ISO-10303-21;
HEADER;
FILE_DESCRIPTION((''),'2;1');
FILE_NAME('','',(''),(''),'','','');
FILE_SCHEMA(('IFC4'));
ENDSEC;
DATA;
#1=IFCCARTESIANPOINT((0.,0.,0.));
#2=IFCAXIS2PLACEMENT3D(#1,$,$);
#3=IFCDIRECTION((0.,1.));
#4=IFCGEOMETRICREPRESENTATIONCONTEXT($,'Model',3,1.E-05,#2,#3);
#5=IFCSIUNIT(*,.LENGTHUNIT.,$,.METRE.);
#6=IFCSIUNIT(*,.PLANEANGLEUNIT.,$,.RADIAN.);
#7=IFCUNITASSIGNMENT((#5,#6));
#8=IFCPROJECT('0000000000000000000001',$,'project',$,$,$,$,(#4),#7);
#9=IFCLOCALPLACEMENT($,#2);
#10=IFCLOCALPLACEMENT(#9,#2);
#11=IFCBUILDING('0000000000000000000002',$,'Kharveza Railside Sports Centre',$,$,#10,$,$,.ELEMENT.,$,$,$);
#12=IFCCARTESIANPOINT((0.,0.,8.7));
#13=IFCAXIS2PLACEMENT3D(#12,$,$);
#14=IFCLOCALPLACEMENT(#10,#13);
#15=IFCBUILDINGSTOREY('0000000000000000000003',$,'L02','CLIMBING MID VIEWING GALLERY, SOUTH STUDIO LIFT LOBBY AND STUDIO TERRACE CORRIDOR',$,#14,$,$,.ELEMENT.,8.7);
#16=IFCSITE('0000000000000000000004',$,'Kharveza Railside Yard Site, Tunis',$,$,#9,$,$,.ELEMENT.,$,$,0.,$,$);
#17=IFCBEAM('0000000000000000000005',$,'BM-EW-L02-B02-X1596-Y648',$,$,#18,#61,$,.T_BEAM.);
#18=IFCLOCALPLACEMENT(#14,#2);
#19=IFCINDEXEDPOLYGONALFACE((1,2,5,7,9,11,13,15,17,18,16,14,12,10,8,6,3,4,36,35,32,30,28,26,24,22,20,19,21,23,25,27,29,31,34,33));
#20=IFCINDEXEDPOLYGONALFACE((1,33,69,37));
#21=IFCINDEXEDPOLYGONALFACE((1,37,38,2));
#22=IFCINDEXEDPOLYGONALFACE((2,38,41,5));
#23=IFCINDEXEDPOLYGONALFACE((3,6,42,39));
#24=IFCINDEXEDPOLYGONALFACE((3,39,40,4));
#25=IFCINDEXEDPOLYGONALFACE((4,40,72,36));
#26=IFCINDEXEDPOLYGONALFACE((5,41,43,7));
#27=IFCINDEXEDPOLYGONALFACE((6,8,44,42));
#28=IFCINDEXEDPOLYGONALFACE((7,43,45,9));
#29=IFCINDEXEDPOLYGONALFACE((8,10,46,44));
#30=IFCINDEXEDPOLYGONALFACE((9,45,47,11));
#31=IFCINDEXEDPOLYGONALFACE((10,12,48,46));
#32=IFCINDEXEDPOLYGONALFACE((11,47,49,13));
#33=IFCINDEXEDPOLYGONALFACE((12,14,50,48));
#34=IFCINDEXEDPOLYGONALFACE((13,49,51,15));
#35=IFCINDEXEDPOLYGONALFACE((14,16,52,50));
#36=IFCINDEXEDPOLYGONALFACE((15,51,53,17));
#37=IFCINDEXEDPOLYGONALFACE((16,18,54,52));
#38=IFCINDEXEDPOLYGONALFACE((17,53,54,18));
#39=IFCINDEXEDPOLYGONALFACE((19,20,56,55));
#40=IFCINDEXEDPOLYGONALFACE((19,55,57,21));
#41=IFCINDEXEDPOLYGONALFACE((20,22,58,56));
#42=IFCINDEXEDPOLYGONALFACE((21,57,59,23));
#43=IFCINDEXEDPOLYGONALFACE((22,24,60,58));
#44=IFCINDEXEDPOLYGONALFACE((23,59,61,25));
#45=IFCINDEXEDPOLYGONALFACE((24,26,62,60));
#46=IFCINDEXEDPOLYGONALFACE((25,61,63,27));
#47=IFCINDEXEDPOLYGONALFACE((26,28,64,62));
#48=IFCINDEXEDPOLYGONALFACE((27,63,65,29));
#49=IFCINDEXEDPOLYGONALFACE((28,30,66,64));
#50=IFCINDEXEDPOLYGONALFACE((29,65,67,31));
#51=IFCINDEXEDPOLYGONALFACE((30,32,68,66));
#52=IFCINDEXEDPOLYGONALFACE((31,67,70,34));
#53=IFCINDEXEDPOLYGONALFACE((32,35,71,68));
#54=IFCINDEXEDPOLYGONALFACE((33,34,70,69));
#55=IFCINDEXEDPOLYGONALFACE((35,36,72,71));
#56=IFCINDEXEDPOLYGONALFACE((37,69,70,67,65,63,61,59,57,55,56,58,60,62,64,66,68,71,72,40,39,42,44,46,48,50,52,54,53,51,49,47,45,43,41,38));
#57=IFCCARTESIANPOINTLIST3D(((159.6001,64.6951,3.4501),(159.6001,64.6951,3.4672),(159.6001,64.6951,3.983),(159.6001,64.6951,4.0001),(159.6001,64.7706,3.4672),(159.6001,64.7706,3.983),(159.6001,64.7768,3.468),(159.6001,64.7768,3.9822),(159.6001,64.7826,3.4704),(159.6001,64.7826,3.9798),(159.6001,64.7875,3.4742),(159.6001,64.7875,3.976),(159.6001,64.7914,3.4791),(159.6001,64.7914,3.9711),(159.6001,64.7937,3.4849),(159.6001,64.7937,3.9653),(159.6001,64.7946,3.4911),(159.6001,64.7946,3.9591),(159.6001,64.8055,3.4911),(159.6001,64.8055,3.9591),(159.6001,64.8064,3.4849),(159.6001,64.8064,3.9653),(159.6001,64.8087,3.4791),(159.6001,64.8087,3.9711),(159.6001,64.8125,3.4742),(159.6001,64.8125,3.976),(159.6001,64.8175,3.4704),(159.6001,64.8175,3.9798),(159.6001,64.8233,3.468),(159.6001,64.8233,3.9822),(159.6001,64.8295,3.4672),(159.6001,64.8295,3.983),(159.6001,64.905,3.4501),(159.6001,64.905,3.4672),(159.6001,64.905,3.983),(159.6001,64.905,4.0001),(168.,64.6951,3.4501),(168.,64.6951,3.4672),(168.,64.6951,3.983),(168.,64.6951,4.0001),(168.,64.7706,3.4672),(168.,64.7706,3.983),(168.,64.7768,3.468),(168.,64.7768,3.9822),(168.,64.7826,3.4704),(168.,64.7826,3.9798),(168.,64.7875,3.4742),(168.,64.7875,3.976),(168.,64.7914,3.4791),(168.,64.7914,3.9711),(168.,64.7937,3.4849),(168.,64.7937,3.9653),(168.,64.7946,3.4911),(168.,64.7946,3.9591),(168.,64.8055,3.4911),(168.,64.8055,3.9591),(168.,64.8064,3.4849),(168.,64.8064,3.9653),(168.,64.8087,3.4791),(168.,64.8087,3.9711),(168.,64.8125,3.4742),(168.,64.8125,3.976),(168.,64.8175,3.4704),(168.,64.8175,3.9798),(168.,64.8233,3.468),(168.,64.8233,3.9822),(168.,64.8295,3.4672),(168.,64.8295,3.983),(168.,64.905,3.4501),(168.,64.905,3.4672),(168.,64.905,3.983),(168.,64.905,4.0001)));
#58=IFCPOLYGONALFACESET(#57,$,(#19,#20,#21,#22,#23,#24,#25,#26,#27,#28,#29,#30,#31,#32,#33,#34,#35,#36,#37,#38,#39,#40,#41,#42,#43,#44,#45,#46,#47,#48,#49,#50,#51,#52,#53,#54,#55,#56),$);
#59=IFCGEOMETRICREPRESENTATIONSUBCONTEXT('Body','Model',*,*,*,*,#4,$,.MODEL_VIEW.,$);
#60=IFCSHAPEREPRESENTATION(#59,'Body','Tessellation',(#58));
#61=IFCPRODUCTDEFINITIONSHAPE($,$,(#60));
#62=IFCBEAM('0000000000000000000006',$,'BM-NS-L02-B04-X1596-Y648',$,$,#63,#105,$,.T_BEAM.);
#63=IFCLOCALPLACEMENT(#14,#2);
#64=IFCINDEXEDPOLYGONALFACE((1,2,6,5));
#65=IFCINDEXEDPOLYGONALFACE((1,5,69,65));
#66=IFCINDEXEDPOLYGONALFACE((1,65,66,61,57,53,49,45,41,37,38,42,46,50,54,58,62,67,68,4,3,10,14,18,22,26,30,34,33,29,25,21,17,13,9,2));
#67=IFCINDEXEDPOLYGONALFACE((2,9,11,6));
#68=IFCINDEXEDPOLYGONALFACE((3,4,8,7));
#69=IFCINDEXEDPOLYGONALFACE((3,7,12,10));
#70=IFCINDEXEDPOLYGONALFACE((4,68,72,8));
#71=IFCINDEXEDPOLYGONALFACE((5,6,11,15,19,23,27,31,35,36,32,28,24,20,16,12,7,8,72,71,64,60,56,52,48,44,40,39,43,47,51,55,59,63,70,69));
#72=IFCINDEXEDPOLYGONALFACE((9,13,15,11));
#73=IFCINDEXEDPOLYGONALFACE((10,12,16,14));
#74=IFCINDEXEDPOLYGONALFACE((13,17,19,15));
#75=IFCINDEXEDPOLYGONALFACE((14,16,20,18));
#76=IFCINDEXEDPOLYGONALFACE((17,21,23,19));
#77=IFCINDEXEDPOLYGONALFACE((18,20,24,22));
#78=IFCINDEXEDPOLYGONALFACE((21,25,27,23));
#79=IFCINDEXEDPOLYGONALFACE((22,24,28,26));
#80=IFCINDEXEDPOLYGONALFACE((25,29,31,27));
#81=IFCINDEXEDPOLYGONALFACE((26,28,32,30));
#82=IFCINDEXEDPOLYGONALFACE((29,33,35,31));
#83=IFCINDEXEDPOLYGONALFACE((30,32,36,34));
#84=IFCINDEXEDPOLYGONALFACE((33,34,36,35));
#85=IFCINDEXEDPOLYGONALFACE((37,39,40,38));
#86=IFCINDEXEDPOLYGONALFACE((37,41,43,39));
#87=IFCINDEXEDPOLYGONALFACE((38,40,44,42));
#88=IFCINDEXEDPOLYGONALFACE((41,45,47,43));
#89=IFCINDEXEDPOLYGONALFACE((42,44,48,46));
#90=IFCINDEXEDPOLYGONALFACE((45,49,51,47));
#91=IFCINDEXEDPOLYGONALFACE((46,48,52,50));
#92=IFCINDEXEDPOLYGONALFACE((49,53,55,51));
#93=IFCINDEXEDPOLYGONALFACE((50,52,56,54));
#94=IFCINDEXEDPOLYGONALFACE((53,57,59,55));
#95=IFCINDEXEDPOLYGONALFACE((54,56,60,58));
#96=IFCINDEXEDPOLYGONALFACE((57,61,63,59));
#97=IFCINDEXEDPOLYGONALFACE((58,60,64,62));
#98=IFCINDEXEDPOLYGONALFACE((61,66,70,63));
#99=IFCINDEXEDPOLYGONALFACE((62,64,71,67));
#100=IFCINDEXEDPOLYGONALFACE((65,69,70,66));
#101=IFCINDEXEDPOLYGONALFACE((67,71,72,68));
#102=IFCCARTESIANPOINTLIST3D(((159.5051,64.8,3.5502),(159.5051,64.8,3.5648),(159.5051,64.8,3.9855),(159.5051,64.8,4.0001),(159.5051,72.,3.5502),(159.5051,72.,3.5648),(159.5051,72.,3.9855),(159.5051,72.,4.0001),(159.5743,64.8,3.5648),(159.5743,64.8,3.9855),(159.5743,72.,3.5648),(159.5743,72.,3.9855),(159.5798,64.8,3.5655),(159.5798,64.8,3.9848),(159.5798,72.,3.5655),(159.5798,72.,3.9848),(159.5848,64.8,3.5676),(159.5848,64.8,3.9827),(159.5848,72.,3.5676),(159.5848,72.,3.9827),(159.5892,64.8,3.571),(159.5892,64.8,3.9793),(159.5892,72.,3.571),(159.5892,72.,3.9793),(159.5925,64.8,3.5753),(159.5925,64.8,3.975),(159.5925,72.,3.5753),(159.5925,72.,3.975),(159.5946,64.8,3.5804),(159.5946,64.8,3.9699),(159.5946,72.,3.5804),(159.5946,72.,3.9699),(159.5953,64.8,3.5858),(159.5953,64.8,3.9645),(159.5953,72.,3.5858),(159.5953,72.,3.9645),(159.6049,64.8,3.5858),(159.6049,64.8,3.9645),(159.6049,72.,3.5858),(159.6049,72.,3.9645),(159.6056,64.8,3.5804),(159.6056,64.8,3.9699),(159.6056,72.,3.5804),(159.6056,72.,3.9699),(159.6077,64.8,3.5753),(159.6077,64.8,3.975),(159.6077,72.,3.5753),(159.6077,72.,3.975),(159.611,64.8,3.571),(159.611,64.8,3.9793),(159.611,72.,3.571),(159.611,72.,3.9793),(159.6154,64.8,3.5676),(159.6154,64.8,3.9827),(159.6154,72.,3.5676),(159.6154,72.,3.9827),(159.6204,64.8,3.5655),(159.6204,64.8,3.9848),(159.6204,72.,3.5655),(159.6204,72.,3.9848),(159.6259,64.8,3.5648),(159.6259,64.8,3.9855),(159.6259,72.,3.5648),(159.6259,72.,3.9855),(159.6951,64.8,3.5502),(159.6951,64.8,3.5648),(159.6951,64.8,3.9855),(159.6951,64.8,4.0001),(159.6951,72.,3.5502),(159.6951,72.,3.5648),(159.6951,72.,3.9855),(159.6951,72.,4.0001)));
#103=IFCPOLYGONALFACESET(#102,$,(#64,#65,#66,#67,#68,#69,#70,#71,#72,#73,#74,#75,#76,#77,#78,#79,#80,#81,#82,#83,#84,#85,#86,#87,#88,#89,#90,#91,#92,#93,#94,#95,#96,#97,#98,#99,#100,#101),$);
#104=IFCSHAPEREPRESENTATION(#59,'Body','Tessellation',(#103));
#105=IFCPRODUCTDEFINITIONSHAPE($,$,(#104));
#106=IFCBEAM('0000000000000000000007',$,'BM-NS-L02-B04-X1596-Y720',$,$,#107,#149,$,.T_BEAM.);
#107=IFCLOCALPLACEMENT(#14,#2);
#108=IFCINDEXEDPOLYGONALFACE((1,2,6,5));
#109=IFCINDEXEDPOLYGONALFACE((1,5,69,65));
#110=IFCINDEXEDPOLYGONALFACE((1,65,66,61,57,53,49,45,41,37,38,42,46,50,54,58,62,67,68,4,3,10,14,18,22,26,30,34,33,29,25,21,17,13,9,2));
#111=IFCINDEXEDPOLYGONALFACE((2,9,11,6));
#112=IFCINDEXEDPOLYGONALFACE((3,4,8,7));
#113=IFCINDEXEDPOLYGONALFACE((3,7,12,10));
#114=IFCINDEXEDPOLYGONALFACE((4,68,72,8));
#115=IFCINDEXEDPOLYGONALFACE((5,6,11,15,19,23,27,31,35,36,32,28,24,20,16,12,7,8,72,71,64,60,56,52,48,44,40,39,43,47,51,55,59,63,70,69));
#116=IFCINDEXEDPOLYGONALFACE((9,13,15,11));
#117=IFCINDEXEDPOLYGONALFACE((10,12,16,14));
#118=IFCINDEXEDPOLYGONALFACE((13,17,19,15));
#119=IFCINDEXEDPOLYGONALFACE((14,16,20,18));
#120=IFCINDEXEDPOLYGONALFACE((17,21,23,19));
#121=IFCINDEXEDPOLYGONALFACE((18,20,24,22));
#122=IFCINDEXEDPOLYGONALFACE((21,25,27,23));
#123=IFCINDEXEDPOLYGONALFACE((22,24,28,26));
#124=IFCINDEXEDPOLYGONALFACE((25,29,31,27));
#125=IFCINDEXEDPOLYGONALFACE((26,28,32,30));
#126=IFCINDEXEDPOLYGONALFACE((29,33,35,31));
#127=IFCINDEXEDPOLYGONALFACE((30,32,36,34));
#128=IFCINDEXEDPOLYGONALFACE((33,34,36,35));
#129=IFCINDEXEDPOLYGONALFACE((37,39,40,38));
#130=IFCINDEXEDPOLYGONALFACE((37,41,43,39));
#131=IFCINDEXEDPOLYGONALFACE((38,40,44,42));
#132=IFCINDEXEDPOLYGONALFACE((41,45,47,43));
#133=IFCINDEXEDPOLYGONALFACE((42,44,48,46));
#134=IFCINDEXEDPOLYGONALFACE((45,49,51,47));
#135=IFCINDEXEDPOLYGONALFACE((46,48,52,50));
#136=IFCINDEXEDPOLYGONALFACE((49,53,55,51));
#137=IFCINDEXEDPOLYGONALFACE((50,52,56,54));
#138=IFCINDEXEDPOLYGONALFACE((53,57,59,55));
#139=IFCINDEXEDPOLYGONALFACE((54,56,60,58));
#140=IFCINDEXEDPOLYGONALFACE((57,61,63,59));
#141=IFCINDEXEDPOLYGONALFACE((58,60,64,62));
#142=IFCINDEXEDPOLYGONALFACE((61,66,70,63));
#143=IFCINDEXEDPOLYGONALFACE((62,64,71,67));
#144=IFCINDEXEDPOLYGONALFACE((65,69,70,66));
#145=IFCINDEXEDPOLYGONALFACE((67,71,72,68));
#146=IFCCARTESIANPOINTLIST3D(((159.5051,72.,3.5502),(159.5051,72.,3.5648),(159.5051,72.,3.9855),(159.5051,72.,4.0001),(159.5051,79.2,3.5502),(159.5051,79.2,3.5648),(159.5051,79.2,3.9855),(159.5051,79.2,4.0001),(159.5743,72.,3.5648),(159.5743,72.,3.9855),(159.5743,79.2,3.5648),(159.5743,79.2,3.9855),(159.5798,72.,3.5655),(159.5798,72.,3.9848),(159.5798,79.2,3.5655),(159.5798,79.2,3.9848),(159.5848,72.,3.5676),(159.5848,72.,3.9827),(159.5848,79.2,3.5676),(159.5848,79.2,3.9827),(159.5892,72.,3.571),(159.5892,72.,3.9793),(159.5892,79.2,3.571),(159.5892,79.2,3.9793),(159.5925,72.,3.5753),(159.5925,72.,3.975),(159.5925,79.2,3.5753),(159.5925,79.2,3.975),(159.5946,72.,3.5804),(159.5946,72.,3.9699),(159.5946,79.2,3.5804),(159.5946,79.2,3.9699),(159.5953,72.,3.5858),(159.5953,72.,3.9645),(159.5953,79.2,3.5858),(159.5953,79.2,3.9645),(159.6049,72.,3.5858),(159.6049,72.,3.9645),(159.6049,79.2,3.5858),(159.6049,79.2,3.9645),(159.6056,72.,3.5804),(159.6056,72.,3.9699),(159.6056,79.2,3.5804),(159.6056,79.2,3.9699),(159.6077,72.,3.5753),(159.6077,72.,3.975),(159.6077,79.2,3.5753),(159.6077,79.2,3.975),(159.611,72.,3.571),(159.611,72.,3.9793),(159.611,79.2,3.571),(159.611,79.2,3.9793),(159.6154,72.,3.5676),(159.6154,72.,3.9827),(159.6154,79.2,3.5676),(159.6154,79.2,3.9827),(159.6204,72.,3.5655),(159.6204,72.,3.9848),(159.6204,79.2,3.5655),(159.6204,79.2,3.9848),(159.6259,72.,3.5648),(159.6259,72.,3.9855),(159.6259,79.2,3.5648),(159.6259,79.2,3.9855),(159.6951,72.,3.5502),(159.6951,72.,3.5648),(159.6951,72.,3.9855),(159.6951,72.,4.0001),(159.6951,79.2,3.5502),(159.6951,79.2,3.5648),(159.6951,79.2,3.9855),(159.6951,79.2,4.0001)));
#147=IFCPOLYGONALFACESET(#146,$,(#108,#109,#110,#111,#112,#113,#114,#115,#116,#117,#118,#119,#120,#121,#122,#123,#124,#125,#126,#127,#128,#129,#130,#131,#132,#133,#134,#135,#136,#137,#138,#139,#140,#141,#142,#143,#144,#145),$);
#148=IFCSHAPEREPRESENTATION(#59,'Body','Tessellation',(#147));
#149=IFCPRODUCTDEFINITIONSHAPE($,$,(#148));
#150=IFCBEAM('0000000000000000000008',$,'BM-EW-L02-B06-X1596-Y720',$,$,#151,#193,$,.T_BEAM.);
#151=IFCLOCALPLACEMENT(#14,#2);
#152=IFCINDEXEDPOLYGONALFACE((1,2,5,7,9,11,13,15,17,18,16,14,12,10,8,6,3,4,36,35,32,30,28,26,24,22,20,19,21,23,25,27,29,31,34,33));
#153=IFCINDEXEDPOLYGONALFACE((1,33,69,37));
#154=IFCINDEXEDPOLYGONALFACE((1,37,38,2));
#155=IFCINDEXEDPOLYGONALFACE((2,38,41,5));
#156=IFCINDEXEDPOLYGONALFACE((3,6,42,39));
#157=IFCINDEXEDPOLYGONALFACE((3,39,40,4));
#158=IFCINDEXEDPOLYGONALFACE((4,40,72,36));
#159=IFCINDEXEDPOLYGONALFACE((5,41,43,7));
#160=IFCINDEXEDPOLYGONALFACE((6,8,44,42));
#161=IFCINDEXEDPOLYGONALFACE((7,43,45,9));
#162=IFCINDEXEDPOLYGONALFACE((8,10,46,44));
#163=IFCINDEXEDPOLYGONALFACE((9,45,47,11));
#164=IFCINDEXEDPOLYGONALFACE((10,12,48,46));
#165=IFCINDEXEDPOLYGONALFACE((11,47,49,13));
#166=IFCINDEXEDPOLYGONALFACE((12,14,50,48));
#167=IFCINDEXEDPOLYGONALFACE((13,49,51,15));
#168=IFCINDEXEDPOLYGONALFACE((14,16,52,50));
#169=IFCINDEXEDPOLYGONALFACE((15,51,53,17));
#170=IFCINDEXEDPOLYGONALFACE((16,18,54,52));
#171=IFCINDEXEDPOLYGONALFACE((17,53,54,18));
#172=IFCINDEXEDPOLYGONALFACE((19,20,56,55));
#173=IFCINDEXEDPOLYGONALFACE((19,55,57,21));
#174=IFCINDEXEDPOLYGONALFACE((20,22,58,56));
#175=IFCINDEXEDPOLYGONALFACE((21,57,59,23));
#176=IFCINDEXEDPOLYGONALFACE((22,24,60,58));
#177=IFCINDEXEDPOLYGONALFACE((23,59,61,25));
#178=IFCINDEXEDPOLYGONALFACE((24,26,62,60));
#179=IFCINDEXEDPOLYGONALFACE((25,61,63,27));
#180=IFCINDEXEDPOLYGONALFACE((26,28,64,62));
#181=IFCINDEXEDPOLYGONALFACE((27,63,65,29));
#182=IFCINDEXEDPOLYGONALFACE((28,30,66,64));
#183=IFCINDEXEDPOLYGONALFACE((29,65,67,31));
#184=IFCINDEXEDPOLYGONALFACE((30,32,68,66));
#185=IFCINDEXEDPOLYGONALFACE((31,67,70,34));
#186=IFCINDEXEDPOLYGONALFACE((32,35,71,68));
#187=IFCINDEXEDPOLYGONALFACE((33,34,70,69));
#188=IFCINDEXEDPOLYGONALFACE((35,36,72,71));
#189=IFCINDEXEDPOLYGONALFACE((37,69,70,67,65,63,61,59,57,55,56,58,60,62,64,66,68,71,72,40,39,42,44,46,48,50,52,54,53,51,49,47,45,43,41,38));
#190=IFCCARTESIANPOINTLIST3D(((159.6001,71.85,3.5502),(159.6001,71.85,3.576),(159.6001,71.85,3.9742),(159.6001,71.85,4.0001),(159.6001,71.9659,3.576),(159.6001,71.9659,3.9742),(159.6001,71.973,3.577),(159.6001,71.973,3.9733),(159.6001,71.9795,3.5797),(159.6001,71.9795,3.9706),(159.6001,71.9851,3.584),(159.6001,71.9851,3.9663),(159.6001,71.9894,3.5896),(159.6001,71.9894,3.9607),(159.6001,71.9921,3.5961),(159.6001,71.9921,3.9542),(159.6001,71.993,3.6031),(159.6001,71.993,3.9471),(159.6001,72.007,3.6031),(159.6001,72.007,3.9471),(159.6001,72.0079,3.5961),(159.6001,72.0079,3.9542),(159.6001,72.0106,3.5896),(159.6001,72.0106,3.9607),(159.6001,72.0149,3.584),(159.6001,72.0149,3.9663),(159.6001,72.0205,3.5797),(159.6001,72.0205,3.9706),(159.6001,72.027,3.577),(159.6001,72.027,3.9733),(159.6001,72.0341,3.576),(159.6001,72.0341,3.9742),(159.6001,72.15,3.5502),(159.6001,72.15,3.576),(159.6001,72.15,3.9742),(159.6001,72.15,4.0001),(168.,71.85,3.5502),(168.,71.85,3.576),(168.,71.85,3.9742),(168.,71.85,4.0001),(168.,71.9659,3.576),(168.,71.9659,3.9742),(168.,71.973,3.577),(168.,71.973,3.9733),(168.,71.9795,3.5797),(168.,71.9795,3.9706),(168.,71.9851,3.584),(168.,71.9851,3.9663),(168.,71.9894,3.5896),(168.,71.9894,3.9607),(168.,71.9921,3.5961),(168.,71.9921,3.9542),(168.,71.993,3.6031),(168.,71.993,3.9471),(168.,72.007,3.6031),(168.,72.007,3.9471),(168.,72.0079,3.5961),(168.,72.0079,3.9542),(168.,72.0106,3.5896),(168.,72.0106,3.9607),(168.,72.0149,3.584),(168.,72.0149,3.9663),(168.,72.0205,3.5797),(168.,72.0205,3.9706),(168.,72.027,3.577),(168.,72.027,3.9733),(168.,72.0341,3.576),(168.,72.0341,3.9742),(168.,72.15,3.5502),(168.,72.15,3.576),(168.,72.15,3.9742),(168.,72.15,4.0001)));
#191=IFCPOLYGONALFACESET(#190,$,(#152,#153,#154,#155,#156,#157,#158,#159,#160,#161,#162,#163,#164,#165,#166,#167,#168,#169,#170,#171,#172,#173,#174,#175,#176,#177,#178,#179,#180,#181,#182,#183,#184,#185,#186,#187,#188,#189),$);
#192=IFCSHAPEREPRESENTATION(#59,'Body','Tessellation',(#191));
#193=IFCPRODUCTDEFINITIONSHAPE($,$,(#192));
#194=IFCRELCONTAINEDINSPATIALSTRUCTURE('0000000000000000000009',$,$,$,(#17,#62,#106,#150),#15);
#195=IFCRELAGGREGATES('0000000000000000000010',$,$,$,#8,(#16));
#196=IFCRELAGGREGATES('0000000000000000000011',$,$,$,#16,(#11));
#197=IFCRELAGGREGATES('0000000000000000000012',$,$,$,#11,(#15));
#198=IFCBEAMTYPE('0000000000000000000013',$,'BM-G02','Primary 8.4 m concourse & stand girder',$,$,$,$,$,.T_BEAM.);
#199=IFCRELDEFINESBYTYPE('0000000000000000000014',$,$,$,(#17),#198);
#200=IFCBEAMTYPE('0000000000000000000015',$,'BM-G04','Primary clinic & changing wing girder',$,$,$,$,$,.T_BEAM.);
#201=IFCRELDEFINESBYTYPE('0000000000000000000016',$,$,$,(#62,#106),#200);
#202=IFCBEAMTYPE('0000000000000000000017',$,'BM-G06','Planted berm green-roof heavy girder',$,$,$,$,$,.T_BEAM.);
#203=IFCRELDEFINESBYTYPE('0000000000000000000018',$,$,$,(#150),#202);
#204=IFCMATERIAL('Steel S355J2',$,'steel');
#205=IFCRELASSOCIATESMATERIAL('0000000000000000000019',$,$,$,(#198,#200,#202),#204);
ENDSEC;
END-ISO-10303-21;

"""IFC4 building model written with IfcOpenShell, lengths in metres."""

from ifc_helpers import new_model, si_unit, direction, frame, origin, origin_2d, place, context, subcontext, project, spatial, i_section, extrude, material, material_profile, profile_set, type_object, element, save


model = new_model("IFC4")

# Units and contexts
model_context = context("Model", 3, precision=1e-05, world=origin(), true_north=direction((0.0, 1.0)))
body_context = subcontext(model_context, "Body", "Model", "MODEL_VIEW")
ifc_project = project(units=[si_unit("LENGTHUNIT", "METRE"), si_unit("PLANEANGLEUNIT", "RADIAN")], contexts=[model_context])

# Site, building, storey
site_placement = place(None, origin())
site = spatial("IfcSite", under=ifc_project, at=site_placement, Name="Kharveza Railside Yard Site, Tunis", CompositionType="ELEMENT", RefElevation=0.0)
building_placement = place(site_placement, origin())
building = spatial("IfcBuilding", under=site, at=building_placement, Name="Kharveza Railside Sports Centre", CompositionType="ELEMENT")
storey_placement = place(building_placement, frame((0.0, 0.0, 8.7)))
storey = spatial("IfcBuildingStorey", under=building, at=storey_placement, Name="L02", Description="CLIMBING MID VIEWING GALLERY, SOUTH STUDIO LIFT LOBBY AND STUDIO TERRACE CORRIDOR", CompositionType="ELEMENT", Elevation=8.7)

# Shared definitions
ifc_material_1 = material(Name="Steel S355J2", Category="steel")

# Beams
ifc_material_profile_1 = material_profile(ifc_material_1, i_section(OverallWidth=0.21, OverallDepth=0.55, WebThickness=0.011, FlangeThickness=0.0171, FilletRadius=0.0239, at=origin_2d()), Name="IPE 550")
ifc_profile_set_1 = profile_set([ifc_material_profile_1], Name="Steel S355J2")
beam_type_1 = type_object("IfcBeamType", Name="BM-G02", Description="Primary 8.4 m concourse & stand girder", PredefinedType="T_BEAM", material=ifc_profile_set_1)
beam_1_placement = place(storey_placement, frame((159.6001, 64.8, 3.7251), z_axis=(1.0, 0.0, 0.0), x_axis=(0.0, 1.0, 0.0)))
element("IfcBeam", 1, at=beam_1_placement, inside=storey, type_object=beam_type_1, Name="BM-EW-L02-B02-X1596-Y648", PredefinedType="T_BEAM", context=body_context, shape_type="SweptSolid", body=[
    extrude(i_section(OverallWidth=0.21, OverallDepth=0.55, WebThickness=0.011, FlangeThickness=0.0171, FilletRadius=0.0239, at=origin_2d()), origin(), (0.0, 0.0, 1.0), 8.3999),
])
ifc_material_profile_2 = material_profile(ifc_material_1, i_section(OverallWidth=0.1899, OverallDepth=0.45, WebThickness=0.0095, FlangeThickness=0.0146, FilletRadius=0.021, at=origin_2d()), Name="IPE 450")
ifc_profile_set_2 = profile_set([ifc_material_profile_2], Name="Steel S355J2")
beam_type_2 = type_object("IfcBeamType", Name="BM-G04", Description="Primary clinic & changing wing girder", PredefinedType="T_BEAM", material=ifc_profile_set_2)
for number, where, z_axis, x_axis, name in (
    (2, (159.6001, 64.8, 3.7751), (0.0, 1.0, 0.0), (-1.0, 0.0, 0.0), "BM-NS-L02-B04-X1596-Y648"),
    (3, (159.6001, 72.0, 3.7751), (0.0, 1.0, 0.0), (-1.0, 0.0, 0.0), "BM-NS-L02-B04-X1596-Y720"),
):
    element("IfcBeam", number, at=place(storey_placement, frame(where, z_axis=z_axis, x_axis=x_axis)), inside=storey, type_object=beam_type_2, Name=name, PredefinedType="T_BEAM", context=body_context, shape_type="SweptSolid", body=[
        extrude(i_section(OverallWidth=0.1899, OverallDepth=0.45, WebThickness=0.0095, FlangeThickness=0.0146, FilletRadius=0.021, at=origin_2d()), origin(), (0.0, 0.0, 1.0), 7.2),
    ])
ifc_material_profile_3 = material_profile(ifc_material_1, i_section(OverallWidth=0.3, OverallDepth=0.45, WebThickness=0.0139, FlangeThickness=0.0259, FilletRadius=0.0271, at=origin_2d()), Name="HEB 450")
ifc_profile_set_3 = profile_set([ifc_material_profile_3], Name="Steel S355J2")
beam_type_3 = type_object("IfcBeamType", Name="BM-G06", Description="Planted berm green-roof heavy girder", PredefinedType="T_BEAM", material=ifc_profile_set_3)
beam_2_placement = place(storey_placement, frame((159.6001, 72.0, 3.7751), z_axis=(1.0, 0.0, 0.0), x_axis=(0.0, 1.0, 0.0)))
element("IfcBeam", 4, at=beam_2_placement, inside=storey, type_object=beam_type_3, Name="BM-EW-L02-B06-X1596-Y720", PredefinedType="T_BEAM", context=body_context, shape_type="SweptSolid", body=[
    extrude(i_section(OverallWidth=0.3, OverallDepth=0.45, WebThickness=0.0139, FlangeThickness=0.0259, FilletRadius=0.0271, at=origin_2d()), origin(), (0.0, 0.0, 1.0), 8.3999),
])

save(model, "model.ifc")
